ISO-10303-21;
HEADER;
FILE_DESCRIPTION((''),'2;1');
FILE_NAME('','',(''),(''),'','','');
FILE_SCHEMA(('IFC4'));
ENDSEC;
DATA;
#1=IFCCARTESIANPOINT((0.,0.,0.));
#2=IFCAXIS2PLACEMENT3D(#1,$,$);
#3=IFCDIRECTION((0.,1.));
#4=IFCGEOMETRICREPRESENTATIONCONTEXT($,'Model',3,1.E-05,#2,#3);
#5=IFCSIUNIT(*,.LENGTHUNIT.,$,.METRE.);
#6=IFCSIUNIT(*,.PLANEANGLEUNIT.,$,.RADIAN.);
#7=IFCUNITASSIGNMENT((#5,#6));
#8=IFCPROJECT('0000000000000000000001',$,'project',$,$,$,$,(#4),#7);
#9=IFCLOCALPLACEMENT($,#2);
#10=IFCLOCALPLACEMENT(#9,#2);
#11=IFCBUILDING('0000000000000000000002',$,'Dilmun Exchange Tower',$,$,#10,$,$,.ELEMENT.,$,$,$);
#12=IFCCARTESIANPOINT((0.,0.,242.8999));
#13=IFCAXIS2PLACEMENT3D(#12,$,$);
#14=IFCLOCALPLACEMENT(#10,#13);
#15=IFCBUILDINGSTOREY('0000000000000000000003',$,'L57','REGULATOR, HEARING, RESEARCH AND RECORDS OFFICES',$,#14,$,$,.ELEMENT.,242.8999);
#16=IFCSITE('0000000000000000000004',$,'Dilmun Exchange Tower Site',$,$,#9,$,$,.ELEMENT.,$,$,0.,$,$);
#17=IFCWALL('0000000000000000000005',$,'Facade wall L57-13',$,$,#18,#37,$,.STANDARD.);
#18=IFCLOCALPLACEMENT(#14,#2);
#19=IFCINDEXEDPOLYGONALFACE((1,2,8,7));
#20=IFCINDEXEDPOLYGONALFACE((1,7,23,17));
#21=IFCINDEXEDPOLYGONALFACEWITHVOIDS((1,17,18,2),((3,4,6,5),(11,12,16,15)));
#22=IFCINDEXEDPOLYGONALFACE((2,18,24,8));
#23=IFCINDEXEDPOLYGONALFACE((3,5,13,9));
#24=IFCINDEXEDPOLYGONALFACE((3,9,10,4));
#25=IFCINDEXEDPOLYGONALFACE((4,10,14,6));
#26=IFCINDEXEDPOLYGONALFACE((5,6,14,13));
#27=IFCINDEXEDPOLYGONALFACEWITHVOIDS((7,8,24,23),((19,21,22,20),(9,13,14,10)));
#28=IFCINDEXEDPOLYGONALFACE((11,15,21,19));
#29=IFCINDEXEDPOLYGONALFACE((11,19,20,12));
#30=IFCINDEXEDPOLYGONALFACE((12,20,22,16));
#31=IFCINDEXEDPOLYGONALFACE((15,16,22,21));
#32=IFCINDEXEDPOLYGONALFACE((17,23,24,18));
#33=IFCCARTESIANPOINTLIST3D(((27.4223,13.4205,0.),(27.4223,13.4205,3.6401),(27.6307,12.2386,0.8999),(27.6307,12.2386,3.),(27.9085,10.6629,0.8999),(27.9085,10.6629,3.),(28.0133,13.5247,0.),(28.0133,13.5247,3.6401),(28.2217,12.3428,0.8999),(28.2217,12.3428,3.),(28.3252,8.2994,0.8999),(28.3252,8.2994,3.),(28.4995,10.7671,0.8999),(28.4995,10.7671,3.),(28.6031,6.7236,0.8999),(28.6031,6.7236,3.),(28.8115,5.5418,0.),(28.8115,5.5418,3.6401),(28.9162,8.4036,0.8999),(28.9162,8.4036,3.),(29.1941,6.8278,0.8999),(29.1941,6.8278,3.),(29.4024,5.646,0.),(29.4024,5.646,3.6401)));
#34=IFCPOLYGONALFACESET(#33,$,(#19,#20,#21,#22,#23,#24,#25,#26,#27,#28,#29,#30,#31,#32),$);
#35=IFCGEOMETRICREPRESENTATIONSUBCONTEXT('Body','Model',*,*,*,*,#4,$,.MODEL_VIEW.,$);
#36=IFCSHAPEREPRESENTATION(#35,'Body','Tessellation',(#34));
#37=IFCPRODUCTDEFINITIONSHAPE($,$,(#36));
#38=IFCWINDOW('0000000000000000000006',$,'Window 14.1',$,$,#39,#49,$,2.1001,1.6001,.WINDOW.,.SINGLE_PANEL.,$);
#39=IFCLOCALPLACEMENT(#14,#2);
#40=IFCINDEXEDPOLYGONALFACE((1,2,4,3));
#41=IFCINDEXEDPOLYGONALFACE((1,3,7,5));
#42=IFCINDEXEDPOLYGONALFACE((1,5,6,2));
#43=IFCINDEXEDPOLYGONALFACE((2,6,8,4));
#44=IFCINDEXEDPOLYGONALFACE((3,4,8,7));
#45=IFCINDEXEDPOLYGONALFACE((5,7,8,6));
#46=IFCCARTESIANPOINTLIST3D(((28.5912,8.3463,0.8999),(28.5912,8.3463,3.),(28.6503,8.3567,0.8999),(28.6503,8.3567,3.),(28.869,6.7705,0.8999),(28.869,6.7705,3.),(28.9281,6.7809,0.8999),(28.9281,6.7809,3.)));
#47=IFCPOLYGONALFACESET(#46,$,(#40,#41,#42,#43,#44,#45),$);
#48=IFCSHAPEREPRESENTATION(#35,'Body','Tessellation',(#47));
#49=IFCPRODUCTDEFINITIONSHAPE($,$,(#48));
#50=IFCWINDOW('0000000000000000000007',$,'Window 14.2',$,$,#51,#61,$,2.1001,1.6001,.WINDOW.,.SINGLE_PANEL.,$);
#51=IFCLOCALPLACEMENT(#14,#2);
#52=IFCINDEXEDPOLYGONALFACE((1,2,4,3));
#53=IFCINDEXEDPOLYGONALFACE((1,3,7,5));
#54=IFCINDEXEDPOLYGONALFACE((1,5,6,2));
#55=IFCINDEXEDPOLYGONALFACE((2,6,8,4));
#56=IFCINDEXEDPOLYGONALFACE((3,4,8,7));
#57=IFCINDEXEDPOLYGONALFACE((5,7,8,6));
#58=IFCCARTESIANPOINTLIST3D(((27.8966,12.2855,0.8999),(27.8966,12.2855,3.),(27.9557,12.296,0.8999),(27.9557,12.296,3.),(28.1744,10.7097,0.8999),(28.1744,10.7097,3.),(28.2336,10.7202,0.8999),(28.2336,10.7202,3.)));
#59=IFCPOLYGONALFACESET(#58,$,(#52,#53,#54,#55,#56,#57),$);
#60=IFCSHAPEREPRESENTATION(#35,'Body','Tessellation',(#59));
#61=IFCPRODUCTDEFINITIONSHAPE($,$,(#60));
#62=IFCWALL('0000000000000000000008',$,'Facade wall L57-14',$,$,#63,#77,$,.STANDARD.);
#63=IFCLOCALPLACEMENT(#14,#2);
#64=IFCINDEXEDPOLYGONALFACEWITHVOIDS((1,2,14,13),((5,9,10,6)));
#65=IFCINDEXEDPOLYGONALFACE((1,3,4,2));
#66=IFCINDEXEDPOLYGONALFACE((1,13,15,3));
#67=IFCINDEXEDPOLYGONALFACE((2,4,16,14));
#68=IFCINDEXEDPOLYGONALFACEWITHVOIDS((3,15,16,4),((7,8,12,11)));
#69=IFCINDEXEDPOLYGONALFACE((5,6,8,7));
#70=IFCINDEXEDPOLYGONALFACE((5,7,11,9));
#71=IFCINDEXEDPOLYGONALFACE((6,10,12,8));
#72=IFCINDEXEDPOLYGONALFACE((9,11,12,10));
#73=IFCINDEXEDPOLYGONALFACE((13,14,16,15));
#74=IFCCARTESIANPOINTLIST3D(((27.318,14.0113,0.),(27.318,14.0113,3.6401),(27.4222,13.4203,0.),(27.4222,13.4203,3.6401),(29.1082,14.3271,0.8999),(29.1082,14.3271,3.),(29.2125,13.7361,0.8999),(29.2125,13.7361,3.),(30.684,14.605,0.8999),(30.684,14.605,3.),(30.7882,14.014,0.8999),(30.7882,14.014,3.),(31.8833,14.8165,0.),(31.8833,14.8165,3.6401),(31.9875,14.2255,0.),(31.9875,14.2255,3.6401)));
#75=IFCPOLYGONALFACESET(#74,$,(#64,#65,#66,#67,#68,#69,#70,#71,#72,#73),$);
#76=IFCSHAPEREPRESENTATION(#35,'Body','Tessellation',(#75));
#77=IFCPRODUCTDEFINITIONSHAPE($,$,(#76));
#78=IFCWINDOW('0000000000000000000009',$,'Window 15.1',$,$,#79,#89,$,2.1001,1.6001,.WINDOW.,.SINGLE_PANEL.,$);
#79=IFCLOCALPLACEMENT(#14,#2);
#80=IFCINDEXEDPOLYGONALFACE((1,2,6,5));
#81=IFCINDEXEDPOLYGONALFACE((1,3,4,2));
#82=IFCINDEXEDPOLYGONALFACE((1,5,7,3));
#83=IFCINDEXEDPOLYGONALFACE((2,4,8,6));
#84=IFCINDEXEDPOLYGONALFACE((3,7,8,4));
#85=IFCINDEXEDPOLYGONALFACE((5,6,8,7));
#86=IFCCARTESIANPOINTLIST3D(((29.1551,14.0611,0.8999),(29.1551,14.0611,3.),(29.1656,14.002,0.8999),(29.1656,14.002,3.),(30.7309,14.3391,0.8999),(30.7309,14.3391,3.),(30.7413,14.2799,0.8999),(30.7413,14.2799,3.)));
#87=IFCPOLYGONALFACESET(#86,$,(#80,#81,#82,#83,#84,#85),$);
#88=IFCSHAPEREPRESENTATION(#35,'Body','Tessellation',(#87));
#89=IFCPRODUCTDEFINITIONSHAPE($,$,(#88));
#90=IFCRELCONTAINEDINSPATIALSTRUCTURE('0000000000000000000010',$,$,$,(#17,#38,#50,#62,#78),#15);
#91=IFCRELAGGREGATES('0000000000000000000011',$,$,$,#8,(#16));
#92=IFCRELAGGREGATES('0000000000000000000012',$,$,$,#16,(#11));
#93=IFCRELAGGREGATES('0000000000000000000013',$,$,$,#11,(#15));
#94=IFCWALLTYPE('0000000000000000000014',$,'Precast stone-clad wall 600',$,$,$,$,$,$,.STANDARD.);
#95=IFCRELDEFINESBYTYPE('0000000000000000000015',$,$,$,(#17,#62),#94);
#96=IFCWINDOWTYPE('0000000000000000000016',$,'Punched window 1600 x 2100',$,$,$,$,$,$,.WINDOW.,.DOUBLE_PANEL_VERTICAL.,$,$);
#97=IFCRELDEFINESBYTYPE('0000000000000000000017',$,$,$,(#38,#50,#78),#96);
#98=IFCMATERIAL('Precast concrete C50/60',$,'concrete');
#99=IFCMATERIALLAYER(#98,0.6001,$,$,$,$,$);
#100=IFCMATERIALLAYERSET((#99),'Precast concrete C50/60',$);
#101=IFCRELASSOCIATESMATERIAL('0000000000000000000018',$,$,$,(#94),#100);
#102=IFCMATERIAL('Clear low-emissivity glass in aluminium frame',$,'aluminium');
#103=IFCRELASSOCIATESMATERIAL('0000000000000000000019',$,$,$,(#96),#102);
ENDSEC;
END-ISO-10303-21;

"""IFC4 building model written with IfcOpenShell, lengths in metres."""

from ifc_helpers import new_model, si_unit, direction, frame, frame_2d, origin, place, context, subcontext, project, spatial, rectangle, extrude, material, layer, layer_set, type_object, element, fill, save


model = new_model("IFC4")

# Units and contexts
model_context = context("Model", 3, precision=1e-05, world=origin(), true_north=direction((0.0, 1.0)))
body_context = subcontext(model_context, "Body", "Model", "MODEL_VIEW")
ifc_project = project(units=[si_unit("LENGTHUNIT", "METRE"), si_unit("PLANEANGLEUNIT", "RADIAN")], contexts=[model_context])

# Site, building, storey
site_placement = place(None, origin())
site = spatial("IfcSite", under=ifc_project, at=site_placement, Name="Dilmun Exchange Tower Site", CompositionType="ELEMENT", RefElevation=0.0)
building_placement = place(site_placement, origin())
building = spatial("IfcBuilding", under=site, at=building_placement, Name="Dilmun Exchange Tower", CompositionType="ELEMENT")
storey_placement = place(building_placement, frame((0.0, 0.0, 242.8999)))
storey = spatial("IfcBuildingStorey", under=building, at=storey_placement, Name="L57", Description="REGULATOR, HEARING, RESEARCH AND RECORDS OFFICES", CompositionType="ELEMENT", Elevation=242.8999)

# Shared definitions
ifc_material_1 = material(Name="Precast concrete C50/60", Category="concrete")
ifc_layer_1 = layer(ifc_material_1, 0.6001)
ifc_layer_set_1 = layer_set([ifc_layer_1], Name="Precast concrete C50/60")
wall_type_1 = type_object("IfcWallType", Name="Precast stone-clad wall 600", PredefinedType="STANDARD", material=ifc_layer_set_1)
ifc_material_2 = material(Name="Clear low-emissivity glass in aluminium frame", Category="aluminium")
window_type_1 = type_object("IfcWindowType", Name="Punched window 1600 x 2100", PartitioningType="DOUBLE_PANEL_VERTICAL", PredefinedType="WINDOW", material=ifc_material_2)

# Wall, openings, windows
wall_1_placement = place(storey_placement, frame((29.1069, 5.594, 0.0), z_axis=(0.0, 0.0, 1.0), x_axis=(-0.173641, 0.984809, 0.0)))
wall_1 = element("IfcWall", 1, at=wall_1_placement, inside=storey, type_object=wall_type_1, Name="Facade wall L57-13", PredefinedType="STANDARD", context=body_context, shape_type="SweptSolid", body=[
    extrude(rectangle(XDim=8.0002, YDim=0.6001, at=frame_2d((4.0, 0.0))), origin(), (0.0, 0.0, 1.0), 3.6401),
])
opening_1_placement = place(wall_1_placement, frame((1.2, 0.0, 0.8999)))
opening_1 = element("IfcOpeningElement", 2, at=opening_1_placement, cuts=wall_1, PredefinedType="OPENING", context=body_context, shape_type="SweptSolid", body=[
    extrude(rectangle(XDim=1.6001, YDim=2.1001, at=frame_2d((0.8, 1.05))), frame((0.0, 0.3101, 0.0), z_axis=(0.0, -1.0, 0.0), x_axis=(1.0, 0.0, 0.0)), (0.0, 0.0, 1.0), 0.6201),
])
opening_2_placement = place(wall_1_placement, frame((5.2, 0.0, 0.8999)))
opening_2 = element("IfcOpeningElement", 3, at=opening_2_placement, cuts=wall_1, PredefinedType="OPENING", context=body_context, shape_type="SweptSolid", body=[
    extrude(rectangle(XDim=1.6001, YDim=2.1001, at=frame_2d((0.8, 1.05))), frame((0.0, 0.3101, 0.0), z_axis=(0.0, -1.0, 0.0), x_axis=(1.0, 0.0, 0.0)), (0.0, 0.0, 1.0), 0.6201),
])
window_1_placement = place(opening_1_placement, origin())
window_1 = element("IfcWindow", 4, at=window_1_placement, inside=storey, type_object=window_type_1, Name="Window 14.1", OverallHeight=2.1001, OverallWidth=1.6001, PartitioningType="SINGLE_PANEL", PredefinedType="WINDOW", context=body_context, shape_type="SweptSolid", body=[
    extrude(rectangle(XDim=1.6001, YDim=2.1001, at=frame_2d((0.8, 1.05))), frame((0.0, 0.03, 0.0), z_axis=(0.0, -1.0, 0.0), x_axis=(1.0, 0.0, 0.0)), (0.0, 0.0, 1.0), 0.0601),
])
fill(opening_1, window_1)
window_2_placement = place(opening_2_placement, origin())
window_2 = element("IfcWindow", 5, at=window_2_placement, inside=storey, type_object=window_type_1, Name="Window 14.2", OverallHeight=2.1001, OverallWidth=1.6001, PartitioningType="SINGLE_PANEL", PredefinedType="WINDOW", context=body_context, shape_type="SweptSolid", body=[
    extrude(rectangle(XDim=1.6001, YDim=2.1001, at=frame_2d((0.8, 1.05))), frame((0.0, 0.03, 0.0), z_axis=(0.0, -1.0, 0.0), x_axis=(1.0, 0.0, 0.0)), (0.0, 0.0, 1.0), 0.0601),
])
fill(opening_2, window_2)

# Wall, opening, window
wall_2_placement = place(storey_placement, frame((27.3701, 13.7158, 0.0), z_axis=(0.0, 0.0, 1.0), x_axis=(0.9848, 0.173692, 0.0)))
wall_2 = element("IfcWall", 6, at=wall_2_placement, inside=storey, type_object=wall_type_1, Name="Facade wall L57-14", PredefinedType="STANDARD", context=body_context, shape_type="SweptSolid", body=[
    extrude(rectangle(XDim=4.6357, YDim=0.6001, at=frame_2d((2.3179, 0.0))), origin(), (0.0, 0.0, 1.0), 3.6401),
])
opening_3_placement = place(wall_2_placement, frame((1.8179, 0.0, 0.8999)))
opening_3 = element("IfcOpeningElement", 7, at=opening_3_placement, cuts=wall_2, PredefinedType="OPENING", context=body_context, shape_type="SweptSolid", body=[
    extrude(rectangle(XDim=1.6001, YDim=2.1001, at=frame_2d((0.8, 1.05))), frame((0.0, 0.3101, 0.0), z_axis=(0.0, -1.0, 0.0), x_axis=(1.0, 0.0, 0.0)), (0.0, 0.0, 1.0), 0.6201),
])
window_3_placement = place(opening_3_placement, origin())
window_3 = element("IfcWindow", 8, at=window_3_placement, inside=storey, type_object=window_type_1, Name="Window 15.1", OverallHeight=2.1001, OverallWidth=1.6001, PartitioningType="SINGLE_PANEL", PredefinedType="WINDOW", context=body_context, shape_type="SweptSolid", body=[
    extrude(rectangle(XDim=1.6001, YDim=2.1001, at=frame_2d((0.8, 1.05))), frame((0.0, 0.03, 0.0), z_axis=(0.0, -1.0, 0.0), x_axis=(1.0, 0.0, 0.0)), (0.0, 0.0, 1.0), 0.0601),
])
fill(opening_3, window_3)

save(model, "model.ifc")
